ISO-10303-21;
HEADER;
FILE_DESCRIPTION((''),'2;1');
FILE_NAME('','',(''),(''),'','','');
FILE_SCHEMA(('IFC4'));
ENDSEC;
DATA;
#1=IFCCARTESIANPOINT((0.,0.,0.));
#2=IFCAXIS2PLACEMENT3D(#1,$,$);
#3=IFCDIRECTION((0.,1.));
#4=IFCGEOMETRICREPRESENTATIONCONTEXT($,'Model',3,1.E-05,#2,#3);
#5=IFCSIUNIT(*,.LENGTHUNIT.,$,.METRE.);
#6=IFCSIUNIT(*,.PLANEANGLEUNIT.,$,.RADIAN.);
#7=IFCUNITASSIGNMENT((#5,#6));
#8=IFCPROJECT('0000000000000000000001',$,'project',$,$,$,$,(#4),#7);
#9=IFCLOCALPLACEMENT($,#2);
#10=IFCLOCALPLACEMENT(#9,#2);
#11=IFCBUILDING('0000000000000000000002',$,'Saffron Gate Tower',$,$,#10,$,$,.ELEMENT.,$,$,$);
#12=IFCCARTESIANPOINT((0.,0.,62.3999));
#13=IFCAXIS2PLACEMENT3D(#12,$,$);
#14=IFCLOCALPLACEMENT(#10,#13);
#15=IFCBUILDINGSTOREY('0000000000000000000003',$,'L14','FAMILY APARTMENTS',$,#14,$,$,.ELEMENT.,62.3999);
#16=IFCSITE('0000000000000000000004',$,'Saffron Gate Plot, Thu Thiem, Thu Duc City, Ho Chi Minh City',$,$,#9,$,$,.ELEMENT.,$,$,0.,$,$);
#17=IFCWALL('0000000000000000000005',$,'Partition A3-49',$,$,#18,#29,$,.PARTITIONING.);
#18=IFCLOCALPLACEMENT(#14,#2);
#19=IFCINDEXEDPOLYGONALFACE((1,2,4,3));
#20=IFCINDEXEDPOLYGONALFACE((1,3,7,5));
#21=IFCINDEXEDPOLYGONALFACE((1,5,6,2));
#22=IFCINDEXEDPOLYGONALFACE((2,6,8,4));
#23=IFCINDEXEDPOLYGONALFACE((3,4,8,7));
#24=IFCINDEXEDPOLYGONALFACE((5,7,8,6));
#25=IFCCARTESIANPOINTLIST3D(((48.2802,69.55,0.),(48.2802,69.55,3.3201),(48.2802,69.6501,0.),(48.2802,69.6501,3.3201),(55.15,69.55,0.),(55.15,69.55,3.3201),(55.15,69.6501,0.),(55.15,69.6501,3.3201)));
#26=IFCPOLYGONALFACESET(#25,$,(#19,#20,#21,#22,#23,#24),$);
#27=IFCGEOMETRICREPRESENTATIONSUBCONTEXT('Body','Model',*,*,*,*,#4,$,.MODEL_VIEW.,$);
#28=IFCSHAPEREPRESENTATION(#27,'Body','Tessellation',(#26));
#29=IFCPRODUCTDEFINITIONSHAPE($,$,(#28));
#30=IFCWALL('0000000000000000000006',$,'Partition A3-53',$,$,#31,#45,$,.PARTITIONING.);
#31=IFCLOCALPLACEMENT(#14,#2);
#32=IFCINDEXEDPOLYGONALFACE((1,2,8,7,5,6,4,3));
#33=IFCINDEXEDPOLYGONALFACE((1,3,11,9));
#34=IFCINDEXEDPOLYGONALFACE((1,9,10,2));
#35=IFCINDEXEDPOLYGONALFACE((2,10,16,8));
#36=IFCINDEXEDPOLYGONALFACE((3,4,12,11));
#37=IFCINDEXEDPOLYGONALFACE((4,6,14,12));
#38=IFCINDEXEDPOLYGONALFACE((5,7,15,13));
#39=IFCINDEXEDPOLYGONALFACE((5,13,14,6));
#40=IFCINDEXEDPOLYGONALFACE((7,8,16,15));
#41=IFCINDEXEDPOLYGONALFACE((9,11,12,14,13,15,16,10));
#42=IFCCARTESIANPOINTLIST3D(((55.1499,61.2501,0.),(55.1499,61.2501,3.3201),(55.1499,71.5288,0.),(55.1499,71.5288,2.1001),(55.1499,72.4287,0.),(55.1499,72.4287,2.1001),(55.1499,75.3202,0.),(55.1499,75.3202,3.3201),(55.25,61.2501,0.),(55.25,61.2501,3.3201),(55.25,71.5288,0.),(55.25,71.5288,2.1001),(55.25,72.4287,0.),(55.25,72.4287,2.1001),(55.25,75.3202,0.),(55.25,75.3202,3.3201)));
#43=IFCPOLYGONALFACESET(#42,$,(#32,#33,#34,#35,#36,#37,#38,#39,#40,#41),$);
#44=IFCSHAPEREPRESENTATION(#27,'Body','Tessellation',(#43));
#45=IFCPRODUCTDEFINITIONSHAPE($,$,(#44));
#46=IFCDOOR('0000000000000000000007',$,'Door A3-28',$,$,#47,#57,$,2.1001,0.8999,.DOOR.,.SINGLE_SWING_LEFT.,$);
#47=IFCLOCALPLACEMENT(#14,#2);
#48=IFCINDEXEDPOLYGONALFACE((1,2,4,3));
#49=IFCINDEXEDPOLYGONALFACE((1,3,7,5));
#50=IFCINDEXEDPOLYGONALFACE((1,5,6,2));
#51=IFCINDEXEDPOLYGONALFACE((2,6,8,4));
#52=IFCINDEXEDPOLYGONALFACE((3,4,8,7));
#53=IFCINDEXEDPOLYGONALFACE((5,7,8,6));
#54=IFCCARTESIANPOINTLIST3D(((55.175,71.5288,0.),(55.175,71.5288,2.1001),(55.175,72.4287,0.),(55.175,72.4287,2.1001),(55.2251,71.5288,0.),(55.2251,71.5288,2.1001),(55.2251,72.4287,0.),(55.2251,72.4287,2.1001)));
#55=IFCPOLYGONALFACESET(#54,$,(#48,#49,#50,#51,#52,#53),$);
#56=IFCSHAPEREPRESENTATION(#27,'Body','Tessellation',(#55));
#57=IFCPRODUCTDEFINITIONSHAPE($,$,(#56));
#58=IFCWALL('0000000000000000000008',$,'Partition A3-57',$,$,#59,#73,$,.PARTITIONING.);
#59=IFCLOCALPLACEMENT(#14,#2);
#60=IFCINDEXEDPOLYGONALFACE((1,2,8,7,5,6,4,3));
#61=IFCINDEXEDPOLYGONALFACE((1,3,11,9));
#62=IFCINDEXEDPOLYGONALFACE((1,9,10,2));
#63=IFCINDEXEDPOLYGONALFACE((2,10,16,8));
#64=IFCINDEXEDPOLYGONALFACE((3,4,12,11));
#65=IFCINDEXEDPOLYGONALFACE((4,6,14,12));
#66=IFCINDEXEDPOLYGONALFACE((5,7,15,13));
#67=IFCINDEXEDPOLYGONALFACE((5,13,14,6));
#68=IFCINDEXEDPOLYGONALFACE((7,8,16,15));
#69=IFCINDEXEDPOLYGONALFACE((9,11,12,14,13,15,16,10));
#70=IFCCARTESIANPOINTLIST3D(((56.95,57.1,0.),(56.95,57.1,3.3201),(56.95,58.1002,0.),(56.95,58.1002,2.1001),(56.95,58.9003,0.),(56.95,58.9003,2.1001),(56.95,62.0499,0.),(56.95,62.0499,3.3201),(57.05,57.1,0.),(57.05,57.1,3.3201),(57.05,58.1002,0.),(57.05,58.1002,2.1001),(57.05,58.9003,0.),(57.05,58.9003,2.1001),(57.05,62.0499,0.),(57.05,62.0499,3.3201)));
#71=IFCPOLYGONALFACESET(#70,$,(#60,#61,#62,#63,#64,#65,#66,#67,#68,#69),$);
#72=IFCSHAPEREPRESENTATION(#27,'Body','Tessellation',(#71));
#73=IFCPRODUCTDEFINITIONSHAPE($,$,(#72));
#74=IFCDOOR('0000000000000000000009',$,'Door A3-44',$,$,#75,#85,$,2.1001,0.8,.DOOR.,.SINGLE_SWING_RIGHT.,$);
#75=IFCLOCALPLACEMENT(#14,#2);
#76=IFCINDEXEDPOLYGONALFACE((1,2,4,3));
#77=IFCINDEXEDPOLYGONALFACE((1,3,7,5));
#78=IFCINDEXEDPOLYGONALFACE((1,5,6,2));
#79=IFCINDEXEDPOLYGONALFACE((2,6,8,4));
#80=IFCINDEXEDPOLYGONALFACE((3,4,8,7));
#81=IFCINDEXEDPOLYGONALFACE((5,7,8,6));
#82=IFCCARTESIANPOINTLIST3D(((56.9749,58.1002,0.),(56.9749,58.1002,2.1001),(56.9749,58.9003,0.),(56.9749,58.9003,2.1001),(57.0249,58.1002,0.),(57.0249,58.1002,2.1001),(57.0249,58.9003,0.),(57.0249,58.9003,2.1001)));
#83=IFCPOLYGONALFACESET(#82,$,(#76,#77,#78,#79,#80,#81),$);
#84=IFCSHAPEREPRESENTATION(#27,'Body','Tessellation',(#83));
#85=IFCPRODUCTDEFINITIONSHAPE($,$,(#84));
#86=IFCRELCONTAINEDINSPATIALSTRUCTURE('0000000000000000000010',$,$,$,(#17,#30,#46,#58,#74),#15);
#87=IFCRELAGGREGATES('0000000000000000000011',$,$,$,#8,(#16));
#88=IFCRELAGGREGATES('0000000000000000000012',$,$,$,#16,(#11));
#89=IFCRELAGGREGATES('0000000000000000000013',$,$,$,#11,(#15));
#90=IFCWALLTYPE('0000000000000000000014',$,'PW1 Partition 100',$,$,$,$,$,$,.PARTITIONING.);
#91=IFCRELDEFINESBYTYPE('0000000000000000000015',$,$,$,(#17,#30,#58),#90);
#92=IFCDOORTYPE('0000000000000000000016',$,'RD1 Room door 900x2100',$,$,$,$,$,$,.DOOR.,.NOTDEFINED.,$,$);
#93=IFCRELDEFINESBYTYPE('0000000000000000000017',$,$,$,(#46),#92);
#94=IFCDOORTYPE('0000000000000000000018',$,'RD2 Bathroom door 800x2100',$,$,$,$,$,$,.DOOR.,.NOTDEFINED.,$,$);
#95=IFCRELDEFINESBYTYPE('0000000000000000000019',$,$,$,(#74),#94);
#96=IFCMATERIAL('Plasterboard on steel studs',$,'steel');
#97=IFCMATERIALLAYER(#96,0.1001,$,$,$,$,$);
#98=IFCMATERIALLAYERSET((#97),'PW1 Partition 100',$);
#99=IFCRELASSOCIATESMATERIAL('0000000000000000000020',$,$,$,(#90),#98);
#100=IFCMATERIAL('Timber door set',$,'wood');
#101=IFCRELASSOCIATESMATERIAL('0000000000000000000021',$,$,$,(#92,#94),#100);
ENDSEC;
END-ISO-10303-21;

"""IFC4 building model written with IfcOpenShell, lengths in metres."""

from ifc_helpers import new_model, si_unit, direction, frame, frame_2d, origin, place, context, subcontext, project, spatial, rectangle, extrude, material, layer, layer_set, type_object, element, fill, save


model = new_model("IFC4")

# Units and contexts
model_context = context("Model", 3, precision=1e-05, world=origin(), true_north=direction((0.0, 1.0)))
body_context = subcontext(model_context, "Body", "Model", "MODEL_VIEW")
ifc_project = project(units=[si_unit("LENGTHUNIT", "METRE"), si_unit("PLANEANGLEUNIT", "RADIAN")], contexts=[model_context])

# Site, building, storey
site_placement = place(None, origin())
site = spatial("IfcSite", under=ifc_project, at=site_placement, Name="Saffron Gate Plot, Thu Thiem, Thu Duc City, Ho Chi Minh City", CompositionType="ELEMENT", RefElevation=0.0)
building_placement = place(site_placement, origin())
building = spatial("IfcBuilding", under=site, at=building_placement, Name="Saffron Gate Tower", CompositionType="ELEMENT")
storey_placement = place(building_placement, frame((0.0, 0.0, 62.3999)))
storey = spatial("IfcBuildingStorey", under=building, at=storey_placement, Name="L14", Description="FAMILY APARTMENTS", CompositionType="ELEMENT", Elevation=62.3999)

# Shared definitions
ifc_material_1 = material(Name="Plasterboard on steel studs", Category="steel")
ifc_layer = layer(ifc_material_1, 0.1001)
ifc_layer_set = layer_set([ifc_layer], Name="PW1 Partition 100")
wall_type = type_object("IfcWallType", Name="PW1 Partition 100", PredefinedType="PARTITIONING", material=ifc_layer_set)

# Shared definitions
ifc_material_2 = material(Name="Timber door set", Category="wood")
door_type_1 = type_object("IfcDoorType", Name="RD1 Room door 900x2100", OperationType="NOTDEFINED", PredefinedType="DOOR", material=ifc_material_2)

# Wall
wall_1_placement = place(storey_placement, frame((48.28, 69.6001, 0.0), z_axis=(0.0, 0.0, 1.0), x_axis=(1.0, 0.0, 0.0)))
element("IfcWall", 1, at=wall_1_placement, inside=storey, type_object=wall_type, Name="Partition A3-49", PredefinedType="PARTITIONING", context=body_context, shape_type="SweptSolid", body=[
    extrude(rectangle(XDim=6.8699, YDim=0.1001, at=frame_2d((3.4351, 0.0))), origin(), (0.0, 0.0, 1.0), 3.3201),
])

# Walls, openings, doors
wall_2_placement = place(storey_placement, frame((55.2, 61.25, 0.0), z_axis=(0.0, 0.0, 1.0), x_axis=(0.0, 1.0, 0.0)))
wall_2 = element("IfcWall", 2, at=wall_2_placement, inside=storey, type_object=wall_type, Name="Partition A3-53", PredefinedType="PARTITIONING", context=body_context, shape_type="SweptSolid", body=[
    extrude(rectangle(XDim=14.0701, YDim=0.1001, at=frame_2d((7.0352, 0.0))), origin(), (0.0, 0.0, 1.0), 3.3201),
])
opening_1_placement = place(wall_2_placement, frame((10.2788, 0.0, 0.0)))
opening_1 = element("IfcOpeningElement", 3, at=opening_1_placement, cuts=wall_2, PredefinedType="OPENING", context=body_context, shape_type="SweptSolid", body=[
    extrude(rectangle(XDim=0.8999, YDim=2.1001, at=frame_2d((0.45, 1.05))), frame((0.0, 0.0601, 0.0), z_axis=(0.0, -1.0, 0.0), x_axis=(1.0, 0.0, 0.0)), (0.0, 0.0, 1.0), 0.1201),
])
door_1_placement = place(opening_1_placement, origin())
door_1 = element("IfcDoor", 4, at=door_1_placement, inside=storey, type_object=door_type_1, Name="Door A3-28", OperationType="SINGLE_SWING_LEFT", OverallHeight=2.1001, OverallWidth=0.8999, PredefinedType="DOOR", context=body_context, shape_type="SweptSolid", body=[
    extrude(rectangle(XDim=0.8999, YDim=2.1001, at=frame_2d((0.45, 1.05))), frame((0.0, 0.0249, 0.0), z_axis=(0.0, -1.0, 0.0), x_axis=(1.0, 0.0, 0.0)), (0.0, 0.0, 1.0), 0.05),
])
fill(opening_1, door_1)
wall_3_placement = place(storey_placement, frame((57.0, 62.05, 0.0), z_axis=(0.0, 0.0, 1.0), x_axis=(0.0, -1.0, 0.0)))
wall_3 = element("IfcWall", 5, at=wall_3_placement, inside=storey, type_object=wall_type, Name="Partition A3-57", PredefinedType="PARTITIONING", context=body_context, shape_type="SweptSolid", body=[
    extrude(rectangle(XDim=4.95, YDim=0.1001, at=frame_2d((2.4751, 0.0))), origin(), (0.0, 0.0, 1.0), 3.3201),
])
opening_2_placement = place(wall_3_placement, frame((3.1499, 0.0, 0.0)))
opening_2 = element("IfcOpeningElement", 6, at=opening_2_placement, cuts=wall_3, PredefinedType="OPENING", context=body_context, shape_type="SweptSolid", body=[
    extrude(rectangle(XDim=0.8, YDim=2.1001, at=frame_2d((0.3999, 1.05))), frame((0.0, 0.0601, 0.0), z_axis=(0.0, -1.0, 0.0), x_axis=(1.0, 0.0, 0.0)), (0.0, 0.0, 1.0), 0.1201),
])
door_type_2 = type_object("IfcDoorType", Name="RD2 Bathroom door 800x2100", OperationType="NOTDEFINED", PredefinedType="DOOR", material=ifc_material_2)
door_2_placement = place(opening_2_placement, origin())
door_2 = element("IfcDoor", 7, at=door_2_placement, inside=storey, type_object=door_type_2, Name="Door A3-44", OperationType="SINGLE_SWING_RIGHT", OverallHeight=2.1001, OverallWidth=0.8, PredefinedType="DOOR", context=body_context, shape_type="SweptSolid", body=[
    extrude(rectangle(XDim=0.8, YDim=2.1001, at=frame_2d((0.3999, 1.05))), frame((0.0, 0.0249, 0.0), z_axis=(0.0, -1.0, 0.0), x_axis=(1.0, 0.0, 0.0)), (0.0, 0.0, 1.0), 0.05),
])
fill(opening_2, door_2)

save(model, "model.ifc")
